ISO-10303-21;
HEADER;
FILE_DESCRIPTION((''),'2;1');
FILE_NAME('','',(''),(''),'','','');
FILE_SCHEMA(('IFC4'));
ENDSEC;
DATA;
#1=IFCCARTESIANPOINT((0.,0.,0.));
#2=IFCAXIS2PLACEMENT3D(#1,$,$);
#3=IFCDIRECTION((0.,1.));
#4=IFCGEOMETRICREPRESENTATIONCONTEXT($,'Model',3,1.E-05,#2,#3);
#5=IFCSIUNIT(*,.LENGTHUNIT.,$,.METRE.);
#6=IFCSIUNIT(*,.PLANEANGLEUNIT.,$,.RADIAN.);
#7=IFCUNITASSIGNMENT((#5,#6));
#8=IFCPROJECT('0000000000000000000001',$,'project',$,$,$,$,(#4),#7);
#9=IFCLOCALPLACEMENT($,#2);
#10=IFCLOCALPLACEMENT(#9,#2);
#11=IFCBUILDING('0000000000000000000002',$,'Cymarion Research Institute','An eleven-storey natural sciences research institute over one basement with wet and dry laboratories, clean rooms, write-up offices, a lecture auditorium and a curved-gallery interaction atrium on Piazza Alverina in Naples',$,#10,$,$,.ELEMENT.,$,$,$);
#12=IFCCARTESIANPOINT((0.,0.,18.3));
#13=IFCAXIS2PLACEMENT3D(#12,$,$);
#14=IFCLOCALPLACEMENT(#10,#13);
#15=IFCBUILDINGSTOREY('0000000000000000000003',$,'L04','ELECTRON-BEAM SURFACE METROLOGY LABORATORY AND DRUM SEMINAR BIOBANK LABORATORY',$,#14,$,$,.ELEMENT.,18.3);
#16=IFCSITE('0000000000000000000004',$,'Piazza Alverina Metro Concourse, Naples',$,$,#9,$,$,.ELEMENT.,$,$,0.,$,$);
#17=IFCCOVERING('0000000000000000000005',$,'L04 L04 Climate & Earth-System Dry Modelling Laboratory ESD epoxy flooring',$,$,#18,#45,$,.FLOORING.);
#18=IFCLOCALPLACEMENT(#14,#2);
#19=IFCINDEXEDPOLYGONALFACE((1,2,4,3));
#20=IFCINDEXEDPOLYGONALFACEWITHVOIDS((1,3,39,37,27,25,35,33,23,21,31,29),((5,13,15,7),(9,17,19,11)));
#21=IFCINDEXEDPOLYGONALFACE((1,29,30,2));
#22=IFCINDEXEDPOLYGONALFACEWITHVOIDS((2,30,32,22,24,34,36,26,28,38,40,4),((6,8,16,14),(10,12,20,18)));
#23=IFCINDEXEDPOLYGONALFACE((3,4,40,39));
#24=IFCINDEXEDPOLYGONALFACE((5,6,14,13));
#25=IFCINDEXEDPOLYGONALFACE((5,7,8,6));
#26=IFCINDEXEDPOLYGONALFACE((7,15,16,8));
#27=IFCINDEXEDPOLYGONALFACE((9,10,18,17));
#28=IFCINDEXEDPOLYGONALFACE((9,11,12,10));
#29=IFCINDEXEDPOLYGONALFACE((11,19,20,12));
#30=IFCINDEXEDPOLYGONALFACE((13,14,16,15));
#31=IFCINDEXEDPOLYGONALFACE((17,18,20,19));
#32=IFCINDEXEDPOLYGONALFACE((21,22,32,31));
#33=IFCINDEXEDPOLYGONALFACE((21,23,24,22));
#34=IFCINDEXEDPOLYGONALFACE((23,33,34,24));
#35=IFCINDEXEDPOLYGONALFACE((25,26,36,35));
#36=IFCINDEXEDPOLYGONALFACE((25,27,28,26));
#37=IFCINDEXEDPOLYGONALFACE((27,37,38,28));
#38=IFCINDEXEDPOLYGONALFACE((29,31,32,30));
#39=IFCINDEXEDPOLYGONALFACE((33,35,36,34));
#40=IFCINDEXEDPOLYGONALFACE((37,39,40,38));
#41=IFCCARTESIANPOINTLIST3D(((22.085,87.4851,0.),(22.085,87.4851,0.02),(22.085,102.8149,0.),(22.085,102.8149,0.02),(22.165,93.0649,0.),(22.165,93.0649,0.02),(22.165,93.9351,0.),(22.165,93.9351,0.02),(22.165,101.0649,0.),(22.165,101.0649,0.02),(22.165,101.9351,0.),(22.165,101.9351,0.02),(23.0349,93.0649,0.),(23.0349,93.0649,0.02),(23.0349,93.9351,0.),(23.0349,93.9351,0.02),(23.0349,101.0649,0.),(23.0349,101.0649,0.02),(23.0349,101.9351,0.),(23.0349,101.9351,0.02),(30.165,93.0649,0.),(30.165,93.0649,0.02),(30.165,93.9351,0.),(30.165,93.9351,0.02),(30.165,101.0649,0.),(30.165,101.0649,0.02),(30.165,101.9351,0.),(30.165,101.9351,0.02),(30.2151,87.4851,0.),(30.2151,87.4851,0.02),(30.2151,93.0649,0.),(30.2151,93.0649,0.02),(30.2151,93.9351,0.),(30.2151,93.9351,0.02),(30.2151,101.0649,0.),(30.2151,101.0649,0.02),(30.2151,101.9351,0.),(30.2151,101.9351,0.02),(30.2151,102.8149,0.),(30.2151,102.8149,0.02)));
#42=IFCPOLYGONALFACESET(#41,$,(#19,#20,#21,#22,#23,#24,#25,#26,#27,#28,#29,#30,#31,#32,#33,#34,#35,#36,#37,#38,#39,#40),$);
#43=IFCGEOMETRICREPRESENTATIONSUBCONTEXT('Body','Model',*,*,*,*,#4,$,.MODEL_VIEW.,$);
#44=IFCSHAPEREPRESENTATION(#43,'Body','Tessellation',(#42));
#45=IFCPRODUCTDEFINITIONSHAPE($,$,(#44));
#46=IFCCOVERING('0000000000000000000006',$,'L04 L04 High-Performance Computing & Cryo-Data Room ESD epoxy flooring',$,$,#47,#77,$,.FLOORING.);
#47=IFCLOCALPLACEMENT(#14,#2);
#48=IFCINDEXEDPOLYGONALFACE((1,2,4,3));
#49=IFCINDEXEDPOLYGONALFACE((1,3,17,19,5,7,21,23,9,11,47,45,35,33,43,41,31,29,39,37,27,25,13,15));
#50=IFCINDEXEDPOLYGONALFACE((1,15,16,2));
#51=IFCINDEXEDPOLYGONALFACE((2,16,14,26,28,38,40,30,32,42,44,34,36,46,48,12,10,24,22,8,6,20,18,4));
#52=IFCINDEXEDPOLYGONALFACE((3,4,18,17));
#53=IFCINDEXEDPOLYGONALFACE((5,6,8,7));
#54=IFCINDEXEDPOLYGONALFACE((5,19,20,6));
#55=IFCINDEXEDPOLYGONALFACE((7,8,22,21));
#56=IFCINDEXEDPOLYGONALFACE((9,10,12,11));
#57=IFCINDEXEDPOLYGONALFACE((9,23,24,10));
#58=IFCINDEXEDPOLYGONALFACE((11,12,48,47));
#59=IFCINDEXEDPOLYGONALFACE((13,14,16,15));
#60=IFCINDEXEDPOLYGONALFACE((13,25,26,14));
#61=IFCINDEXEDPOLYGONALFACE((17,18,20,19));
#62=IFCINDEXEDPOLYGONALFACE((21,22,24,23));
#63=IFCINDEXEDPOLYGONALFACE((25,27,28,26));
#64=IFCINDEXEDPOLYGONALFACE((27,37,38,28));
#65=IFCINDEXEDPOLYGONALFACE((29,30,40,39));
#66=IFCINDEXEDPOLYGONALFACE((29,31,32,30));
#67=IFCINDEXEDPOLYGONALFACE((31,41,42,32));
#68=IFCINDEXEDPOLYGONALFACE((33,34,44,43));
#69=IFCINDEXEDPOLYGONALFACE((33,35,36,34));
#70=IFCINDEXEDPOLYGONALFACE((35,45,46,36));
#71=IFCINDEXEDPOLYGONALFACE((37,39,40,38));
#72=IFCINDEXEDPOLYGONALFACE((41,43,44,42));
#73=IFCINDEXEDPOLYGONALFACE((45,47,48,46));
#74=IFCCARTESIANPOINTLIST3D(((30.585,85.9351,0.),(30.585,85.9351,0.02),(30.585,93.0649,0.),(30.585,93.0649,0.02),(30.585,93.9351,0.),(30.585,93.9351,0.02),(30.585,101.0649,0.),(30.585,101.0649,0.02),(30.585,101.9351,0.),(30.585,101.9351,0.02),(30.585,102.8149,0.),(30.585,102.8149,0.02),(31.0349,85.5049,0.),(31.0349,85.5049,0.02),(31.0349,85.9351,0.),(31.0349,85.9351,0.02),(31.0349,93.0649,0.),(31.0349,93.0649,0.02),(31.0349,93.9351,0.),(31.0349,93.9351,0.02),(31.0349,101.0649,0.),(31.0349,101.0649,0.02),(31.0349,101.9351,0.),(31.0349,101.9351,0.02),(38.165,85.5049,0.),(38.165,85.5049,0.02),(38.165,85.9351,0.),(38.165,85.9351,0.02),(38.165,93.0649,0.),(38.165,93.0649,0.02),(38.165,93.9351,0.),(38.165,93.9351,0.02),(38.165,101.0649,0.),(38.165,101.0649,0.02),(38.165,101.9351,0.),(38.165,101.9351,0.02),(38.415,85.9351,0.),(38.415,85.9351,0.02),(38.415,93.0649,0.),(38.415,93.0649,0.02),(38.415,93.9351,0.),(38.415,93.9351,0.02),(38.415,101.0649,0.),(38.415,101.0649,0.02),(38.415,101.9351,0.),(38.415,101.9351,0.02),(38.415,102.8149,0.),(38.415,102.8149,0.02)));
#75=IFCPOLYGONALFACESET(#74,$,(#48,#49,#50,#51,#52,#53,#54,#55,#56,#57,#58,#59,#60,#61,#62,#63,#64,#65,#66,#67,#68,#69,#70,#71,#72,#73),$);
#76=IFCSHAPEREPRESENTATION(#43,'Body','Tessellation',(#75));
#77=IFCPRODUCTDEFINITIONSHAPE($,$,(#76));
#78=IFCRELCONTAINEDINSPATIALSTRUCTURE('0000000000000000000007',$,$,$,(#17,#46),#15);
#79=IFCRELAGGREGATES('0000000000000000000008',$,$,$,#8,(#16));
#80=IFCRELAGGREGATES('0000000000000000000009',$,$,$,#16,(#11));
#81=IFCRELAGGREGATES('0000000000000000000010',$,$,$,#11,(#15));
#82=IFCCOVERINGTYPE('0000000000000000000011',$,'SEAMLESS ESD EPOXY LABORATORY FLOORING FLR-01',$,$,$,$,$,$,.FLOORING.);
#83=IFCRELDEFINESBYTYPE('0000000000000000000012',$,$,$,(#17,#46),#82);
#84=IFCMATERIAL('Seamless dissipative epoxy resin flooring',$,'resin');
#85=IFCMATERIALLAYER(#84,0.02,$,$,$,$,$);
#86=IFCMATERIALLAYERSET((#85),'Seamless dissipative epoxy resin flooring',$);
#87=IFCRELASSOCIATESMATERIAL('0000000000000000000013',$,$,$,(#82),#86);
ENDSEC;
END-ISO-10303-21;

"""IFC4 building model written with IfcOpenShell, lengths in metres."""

from ifc_helpers import new_model, si_unit, direction, frame, origin, place, context, subcontext, project, spatial, polyline, outline, extrude, material, layer, layer_set, type_object, element, save


model = new_model("IFC4")

# Units and contexts
model_context = context("Model", 3, precision=1e-05, world=origin(), true_north=direction((0.0, 1.0)))
body_context = subcontext(model_context, "Body", "Model", "MODEL_VIEW")
ifc_project = project(units=[si_unit("LENGTHUNIT", "METRE"), si_unit("PLANEANGLEUNIT", "RADIAN")], contexts=[model_context])

# Site, building, storey
site_placement = place(None, origin())
site = spatial("IfcSite", under=ifc_project, at=site_placement, Name="Piazza Alverina Metro Concourse, Naples", CompositionType="ELEMENT", RefElevation=0.0)
building_placement = place(site_placement, origin())
building = spatial("IfcBuilding", under=site, at=building_placement, Name="Cymarion Research Institute", Description="An eleven-storey natural sciences research institute over one basement with wet and dry laboratories, clean rooms, write-up offices, a lecture auditorium and a curved-gallery interaction atrium on Piazza Alverina in Naples", CompositionType="ELEMENT")
storey_placement = place(building_placement, frame((0.0, 0.0, 18.3)))
storey = spatial("IfcBuildingStorey", under=building, at=storey_placement, Name="L04", Description="ELECTRON-BEAM SURFACE METROLOGY LABORATORY AND DRUM SEMINAR BIOBANK LABORATORY", CompositionType="ELEMENT", Elevation=18.3)

# Coverings
ifc_material_1 = material(Name="Seamless dissipative epoxy resin flooring", Category="resin")
ifc_layer_1 = layer(ifc_material_1, 0.02)
ifc_layer_set_1 = layer_set([ifc_layer_1], Name="Seamless dissipative epoxy resin flooring")
covering_type_1 = type_object("IfcCoveringType", Name="SEAMLESS ESD EPOXY LABORATORY FLOORING FLR-01", PredefinedType="FLOORING", material=ifc_layer_set_1)
covering_1_placement = place(storey_placement, origin())
element("IfcCovering", 1, at=covering_1_placement, inside=storey, type_object=covering_type_1, Name="L04 L04 Climate & Earth-System Dry Modelling Laboratory ESD epoxy flooring", PredefinedType="FLOORING", context=body_context, shape_type="SweptSolid", body=[
    extrude(outline(polyline([(22.085, 102.8149), (30.2151, 102.8149), (30.2151, 101.9351), (30.165, 101.9351), (30.165, 101.0649), (30.2151, 101.0649), (30.2151, 93.9351), (30.165, 93.9351), (30.165, 93.0649), (30.2151, 93.0649), (30.2151, 87.4851), (22.085, 87.4851), (22.085, 102.8149)]), holes=[polyline([(22.165, 93.9351), (22.165, 93.0649), (23.0349, 93.0649), (23.0349, 93.9351), (22.165, 93.9351)]), polyline([(22.165, 101.9351), (22.165, 101.0649), (23.0349, 101.0649), (23.0349, 101.9351), (22.165, 101.9351)])]), origin(), (0.0, 0.0, 1.0), 0.02),
])
covering_2_placement = place(storey_placement, origin())
element("IfcCovering", 2, at=covering_2_placement, inside=storey, type_object=covering_type_1, Name="L04 L04 High-Performance Computing & Cryo-Data Room ESD epoxy flooring", PredefinedType="FLOORING", context=body_context, shape_type="SweptSolid", body=[
    extrude(outline(polyline([(38.415, 102.8149), (38.415, 101.9351), (38.165, 101.9351), (38.165, 101.0649), (38.415, 101.0649), (38.415, 93.9351), (38.165, 93.9351), (38.165, 93.0649), (38.415, 93.0649), (38.415, 85.9351), (38.165, 85.9351), (38.165, 85.5049), (31.0349, 85.5049), (31.0349, 85.9351), (30.585, 85.9351), (30.585, 93.0649), (31.0349, 93.0649), (31.0349, 93.9351), (30.585, 93.9351), (30.585, 101.0649), (31.0349, 101.0649), (31.0349, 101.9351), (30.585, 101.9351), (30.585, 102.8149), (38.415, 102.8149)])), origin(), (0.0, 0.0, 1.0), 0.02),
])

save(model, "model.ifc")
